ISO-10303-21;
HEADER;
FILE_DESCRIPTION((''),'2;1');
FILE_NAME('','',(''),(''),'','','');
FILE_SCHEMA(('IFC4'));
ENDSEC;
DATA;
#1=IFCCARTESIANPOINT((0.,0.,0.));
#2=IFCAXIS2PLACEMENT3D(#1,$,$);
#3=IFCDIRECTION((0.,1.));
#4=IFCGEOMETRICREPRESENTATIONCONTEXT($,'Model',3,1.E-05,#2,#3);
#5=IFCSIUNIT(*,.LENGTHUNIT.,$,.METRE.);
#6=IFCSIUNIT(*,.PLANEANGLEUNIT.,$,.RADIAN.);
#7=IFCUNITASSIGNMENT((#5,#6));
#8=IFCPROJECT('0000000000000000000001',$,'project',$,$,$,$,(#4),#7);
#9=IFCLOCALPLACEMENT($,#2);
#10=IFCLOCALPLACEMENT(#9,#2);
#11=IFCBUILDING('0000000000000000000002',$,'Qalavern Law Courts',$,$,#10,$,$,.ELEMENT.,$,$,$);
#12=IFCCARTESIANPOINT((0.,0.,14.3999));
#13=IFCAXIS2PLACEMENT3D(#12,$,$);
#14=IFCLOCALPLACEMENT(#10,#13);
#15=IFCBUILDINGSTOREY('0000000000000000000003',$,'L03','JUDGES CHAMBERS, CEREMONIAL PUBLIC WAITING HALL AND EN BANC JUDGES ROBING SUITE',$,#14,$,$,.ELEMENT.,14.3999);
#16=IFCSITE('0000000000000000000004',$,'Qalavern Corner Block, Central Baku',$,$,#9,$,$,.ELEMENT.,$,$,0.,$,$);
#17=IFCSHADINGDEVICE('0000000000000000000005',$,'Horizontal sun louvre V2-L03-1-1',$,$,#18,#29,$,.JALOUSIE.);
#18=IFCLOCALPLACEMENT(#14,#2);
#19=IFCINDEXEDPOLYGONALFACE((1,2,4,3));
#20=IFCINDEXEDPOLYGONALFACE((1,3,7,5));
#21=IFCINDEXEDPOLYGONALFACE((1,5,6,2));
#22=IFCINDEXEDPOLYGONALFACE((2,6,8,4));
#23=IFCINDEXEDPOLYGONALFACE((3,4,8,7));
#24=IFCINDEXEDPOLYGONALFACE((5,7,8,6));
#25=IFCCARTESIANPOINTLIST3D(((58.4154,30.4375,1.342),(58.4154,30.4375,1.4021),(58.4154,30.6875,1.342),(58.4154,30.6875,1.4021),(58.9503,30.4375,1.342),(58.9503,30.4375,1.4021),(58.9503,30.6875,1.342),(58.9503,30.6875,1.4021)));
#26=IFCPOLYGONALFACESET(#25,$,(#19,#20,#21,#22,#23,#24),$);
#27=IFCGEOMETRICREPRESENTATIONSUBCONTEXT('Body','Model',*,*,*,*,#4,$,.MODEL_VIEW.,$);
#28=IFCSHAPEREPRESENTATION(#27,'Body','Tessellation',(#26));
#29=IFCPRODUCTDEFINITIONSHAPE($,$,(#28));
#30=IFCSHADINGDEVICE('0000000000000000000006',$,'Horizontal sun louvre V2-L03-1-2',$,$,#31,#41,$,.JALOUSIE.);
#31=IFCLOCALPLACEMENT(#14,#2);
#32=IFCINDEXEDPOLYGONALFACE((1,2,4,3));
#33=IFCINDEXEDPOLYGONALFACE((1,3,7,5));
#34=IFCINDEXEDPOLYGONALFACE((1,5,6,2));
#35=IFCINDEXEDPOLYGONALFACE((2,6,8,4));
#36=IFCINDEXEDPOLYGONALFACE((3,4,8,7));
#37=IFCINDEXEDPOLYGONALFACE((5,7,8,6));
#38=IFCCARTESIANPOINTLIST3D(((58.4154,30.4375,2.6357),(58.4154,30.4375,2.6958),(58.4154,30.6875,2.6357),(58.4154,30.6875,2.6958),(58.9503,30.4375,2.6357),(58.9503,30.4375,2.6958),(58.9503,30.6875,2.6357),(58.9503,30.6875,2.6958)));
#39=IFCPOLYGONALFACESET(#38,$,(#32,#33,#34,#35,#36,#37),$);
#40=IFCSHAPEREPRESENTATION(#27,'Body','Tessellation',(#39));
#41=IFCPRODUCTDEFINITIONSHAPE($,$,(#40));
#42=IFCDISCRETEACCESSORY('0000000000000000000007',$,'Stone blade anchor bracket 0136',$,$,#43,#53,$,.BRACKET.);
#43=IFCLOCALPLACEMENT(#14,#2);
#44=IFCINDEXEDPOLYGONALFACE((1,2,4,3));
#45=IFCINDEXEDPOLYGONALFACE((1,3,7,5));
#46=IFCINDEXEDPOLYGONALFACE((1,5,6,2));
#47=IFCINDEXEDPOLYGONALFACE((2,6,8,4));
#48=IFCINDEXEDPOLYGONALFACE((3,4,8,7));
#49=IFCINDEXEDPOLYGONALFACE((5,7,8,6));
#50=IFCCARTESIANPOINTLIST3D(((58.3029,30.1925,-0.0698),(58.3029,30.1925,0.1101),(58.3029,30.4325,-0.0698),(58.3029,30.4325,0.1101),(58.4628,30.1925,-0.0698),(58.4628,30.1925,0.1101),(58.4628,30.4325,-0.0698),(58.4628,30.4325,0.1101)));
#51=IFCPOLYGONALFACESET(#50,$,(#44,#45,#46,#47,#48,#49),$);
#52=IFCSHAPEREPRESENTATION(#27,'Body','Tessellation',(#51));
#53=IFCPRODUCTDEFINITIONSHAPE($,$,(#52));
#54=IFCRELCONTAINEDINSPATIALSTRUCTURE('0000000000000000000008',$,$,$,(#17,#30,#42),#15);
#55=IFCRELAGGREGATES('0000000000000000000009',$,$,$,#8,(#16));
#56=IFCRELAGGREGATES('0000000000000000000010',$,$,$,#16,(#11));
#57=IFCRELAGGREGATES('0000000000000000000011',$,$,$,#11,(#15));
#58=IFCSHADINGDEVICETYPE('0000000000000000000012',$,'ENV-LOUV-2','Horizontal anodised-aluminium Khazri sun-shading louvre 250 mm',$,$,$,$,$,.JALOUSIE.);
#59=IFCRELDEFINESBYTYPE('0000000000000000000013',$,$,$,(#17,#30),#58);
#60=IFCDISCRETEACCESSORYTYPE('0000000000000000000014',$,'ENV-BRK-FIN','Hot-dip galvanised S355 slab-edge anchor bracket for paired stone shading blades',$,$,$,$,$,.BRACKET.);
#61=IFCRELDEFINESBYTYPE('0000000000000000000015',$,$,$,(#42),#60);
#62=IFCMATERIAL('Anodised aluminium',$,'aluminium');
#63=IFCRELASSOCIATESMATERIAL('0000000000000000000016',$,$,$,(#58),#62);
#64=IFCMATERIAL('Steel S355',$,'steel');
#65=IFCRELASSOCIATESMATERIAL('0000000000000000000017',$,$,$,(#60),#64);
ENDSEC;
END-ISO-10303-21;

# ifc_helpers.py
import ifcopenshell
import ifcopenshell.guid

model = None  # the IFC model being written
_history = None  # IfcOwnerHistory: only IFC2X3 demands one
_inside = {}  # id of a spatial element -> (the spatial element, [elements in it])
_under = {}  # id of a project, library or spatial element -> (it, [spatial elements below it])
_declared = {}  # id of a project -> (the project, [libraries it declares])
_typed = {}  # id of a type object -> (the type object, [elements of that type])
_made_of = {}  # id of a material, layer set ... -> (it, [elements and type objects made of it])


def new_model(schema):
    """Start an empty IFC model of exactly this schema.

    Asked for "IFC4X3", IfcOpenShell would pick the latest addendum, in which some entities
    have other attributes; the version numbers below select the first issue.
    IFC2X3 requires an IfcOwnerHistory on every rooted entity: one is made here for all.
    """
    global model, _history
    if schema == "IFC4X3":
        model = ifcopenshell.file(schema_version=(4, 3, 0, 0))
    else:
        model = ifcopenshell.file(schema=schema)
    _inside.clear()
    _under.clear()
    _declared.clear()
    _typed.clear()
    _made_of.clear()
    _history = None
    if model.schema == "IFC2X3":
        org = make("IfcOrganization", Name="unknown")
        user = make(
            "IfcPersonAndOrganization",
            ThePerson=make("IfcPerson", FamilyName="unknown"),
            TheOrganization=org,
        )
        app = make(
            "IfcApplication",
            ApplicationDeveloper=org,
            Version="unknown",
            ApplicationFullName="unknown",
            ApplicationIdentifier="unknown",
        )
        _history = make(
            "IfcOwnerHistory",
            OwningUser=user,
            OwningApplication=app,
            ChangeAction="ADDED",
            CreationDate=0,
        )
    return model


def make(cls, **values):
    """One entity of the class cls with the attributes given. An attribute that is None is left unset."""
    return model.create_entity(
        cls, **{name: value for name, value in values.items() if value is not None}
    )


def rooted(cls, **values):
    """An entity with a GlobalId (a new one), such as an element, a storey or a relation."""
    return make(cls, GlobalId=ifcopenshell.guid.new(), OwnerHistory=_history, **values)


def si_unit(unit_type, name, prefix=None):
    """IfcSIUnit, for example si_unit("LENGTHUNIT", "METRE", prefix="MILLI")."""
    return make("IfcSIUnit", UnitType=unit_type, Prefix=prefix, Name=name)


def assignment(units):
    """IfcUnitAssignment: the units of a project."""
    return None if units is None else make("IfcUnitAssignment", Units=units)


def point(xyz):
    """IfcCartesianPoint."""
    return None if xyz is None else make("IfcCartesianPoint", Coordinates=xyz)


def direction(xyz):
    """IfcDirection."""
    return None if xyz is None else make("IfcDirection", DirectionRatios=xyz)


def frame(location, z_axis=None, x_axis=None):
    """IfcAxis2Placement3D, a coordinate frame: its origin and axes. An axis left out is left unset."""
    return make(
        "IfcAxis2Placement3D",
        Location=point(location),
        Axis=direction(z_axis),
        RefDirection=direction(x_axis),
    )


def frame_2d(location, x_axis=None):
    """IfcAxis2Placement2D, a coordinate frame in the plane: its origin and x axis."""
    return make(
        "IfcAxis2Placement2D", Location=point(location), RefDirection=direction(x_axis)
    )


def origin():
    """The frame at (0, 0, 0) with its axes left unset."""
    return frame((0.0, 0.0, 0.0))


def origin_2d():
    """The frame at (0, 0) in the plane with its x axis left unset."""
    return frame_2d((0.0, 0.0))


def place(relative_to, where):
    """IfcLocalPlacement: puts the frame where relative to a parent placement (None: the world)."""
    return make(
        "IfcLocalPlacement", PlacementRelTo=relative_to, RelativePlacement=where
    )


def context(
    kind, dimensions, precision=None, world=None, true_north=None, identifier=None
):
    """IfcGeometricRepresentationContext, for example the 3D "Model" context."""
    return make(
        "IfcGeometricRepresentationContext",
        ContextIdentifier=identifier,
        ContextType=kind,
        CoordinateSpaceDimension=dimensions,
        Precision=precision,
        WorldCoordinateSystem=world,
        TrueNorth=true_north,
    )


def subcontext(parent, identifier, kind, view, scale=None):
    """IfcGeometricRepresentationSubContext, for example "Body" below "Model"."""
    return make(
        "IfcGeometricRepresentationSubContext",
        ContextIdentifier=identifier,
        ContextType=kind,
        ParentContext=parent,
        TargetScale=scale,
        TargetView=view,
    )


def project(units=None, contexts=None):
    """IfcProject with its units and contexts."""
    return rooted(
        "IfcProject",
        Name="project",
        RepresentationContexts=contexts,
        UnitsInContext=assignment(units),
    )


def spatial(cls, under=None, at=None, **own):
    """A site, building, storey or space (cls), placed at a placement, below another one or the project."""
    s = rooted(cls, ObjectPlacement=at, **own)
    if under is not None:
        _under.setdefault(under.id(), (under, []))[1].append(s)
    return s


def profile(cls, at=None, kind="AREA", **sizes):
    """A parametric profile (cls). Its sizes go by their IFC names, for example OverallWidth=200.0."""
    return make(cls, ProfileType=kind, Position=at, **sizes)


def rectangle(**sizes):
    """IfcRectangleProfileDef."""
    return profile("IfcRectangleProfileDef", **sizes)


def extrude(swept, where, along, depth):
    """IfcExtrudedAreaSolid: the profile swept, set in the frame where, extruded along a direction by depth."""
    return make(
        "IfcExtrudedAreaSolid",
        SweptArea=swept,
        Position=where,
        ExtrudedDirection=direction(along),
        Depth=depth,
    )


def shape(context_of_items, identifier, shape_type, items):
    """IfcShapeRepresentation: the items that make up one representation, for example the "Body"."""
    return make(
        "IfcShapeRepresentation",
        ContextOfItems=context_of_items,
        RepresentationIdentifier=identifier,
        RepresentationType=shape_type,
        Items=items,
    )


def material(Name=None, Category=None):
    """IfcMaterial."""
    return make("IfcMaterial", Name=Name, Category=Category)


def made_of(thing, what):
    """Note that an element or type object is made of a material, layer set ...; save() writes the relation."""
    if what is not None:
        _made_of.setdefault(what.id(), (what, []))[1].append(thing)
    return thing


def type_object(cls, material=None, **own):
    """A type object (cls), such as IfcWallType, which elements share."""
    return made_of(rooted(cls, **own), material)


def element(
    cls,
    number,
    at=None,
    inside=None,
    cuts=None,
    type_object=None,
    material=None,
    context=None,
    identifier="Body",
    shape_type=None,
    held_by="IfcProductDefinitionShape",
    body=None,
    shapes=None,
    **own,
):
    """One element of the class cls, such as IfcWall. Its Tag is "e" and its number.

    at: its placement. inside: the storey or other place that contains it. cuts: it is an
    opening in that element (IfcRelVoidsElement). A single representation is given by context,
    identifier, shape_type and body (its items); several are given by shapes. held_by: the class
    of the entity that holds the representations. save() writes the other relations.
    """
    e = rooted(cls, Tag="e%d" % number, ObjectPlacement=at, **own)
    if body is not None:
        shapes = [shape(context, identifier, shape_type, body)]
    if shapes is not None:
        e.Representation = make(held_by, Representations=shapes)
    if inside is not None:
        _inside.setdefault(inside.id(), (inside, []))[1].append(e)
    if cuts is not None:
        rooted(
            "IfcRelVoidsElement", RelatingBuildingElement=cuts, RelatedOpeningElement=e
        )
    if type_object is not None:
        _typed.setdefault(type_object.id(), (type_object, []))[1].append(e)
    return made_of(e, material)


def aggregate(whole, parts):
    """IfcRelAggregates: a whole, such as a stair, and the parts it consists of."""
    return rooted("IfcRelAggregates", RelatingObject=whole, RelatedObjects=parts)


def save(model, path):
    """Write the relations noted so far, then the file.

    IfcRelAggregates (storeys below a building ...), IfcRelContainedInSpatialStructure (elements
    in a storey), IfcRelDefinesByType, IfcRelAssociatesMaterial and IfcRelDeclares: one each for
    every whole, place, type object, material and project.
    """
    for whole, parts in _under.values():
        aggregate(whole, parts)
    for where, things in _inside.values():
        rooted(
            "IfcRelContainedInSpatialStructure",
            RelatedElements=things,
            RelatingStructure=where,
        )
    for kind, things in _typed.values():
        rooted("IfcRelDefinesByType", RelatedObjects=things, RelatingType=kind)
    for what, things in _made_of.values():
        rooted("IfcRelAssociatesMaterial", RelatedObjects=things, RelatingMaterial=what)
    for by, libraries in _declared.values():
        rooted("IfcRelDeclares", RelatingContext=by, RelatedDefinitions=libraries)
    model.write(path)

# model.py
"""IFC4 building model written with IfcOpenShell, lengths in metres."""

from ifc_helpers import new_model, si_unit, direction, frame, origin, origin_2d, place, context, subcontext, project, spatial, rectangle, extrude, material, type_object, element, save


model = new_model("IFC4")

# Units and contexts
model_context = context("Model", 3, precision=1e-05, world=origin(), true_north=direction((0.0, 1.0)))
body_context = subcontext(model_context, "Body", "Model", "MODEL_VIEW")
ifc_project = project(units=[si_unit("LENGTHUNIT", "METRE"), si_unit("PLANEANGLEUNIT", "RADIAN")], contexts=[model_context])

# Site, building, storey
site_placement = place(None, origin())
site = spatial("IfcSite", under=ifc_project, at=site_placement, Name="Qalavern Corner Block, Central Baku", CompositionType="ELEMENT", RefElevation=0.0)
building_placement = place(site_placement, origin())
building = spatial("IfcBuilding", under=site, at=building_placement, Name="Qalavern Law Courts", CompositionType="ELEMENT")
storey_placement = place(building_placement, frame((0.0, 0.0, 14.3999)))
storey = spatial("IfcBuildingStorey", under=building, at=storey_placement, Name="L03", Description="JUDGES CHAMBERS, CEREMONIAL PUBLIC WAITING HALL AND EN BANC JUDGES ROBING SUITE", CompositionType="ELEMENT", Elevation=14.3999)

# Shared definitions
ifc_material_1 = material(Name="Anodised aluminium", Category="aluminium")

# Shared definitions
ifc_material_2 = material(Name="Steel S355", Category="steel")

# Shading devices
shading_device_type_1 = type_object("IfcShadingDeviceType", Name="ENV-LOUV-2", Description="Horizontal anodised-aluminium Khazri sun-shading louvre 250 mm", PredefinedType="JALOUSIE", material=ifc_material_1)
for number, where, z_axis, x_axis, name in (
    (1, (58.6829, 30.5625, 1.342), (0.0, 0.0, 1.0), (-1.0, 0.0, 0.0), "Horizontal sun louvre V2-L03-1-1"),
    (2, (58.6829, 30.5625, 2.6357), (0.0, 0.0, 1.0), (-1.0, 0.0, 0.0), "Horizontal sun louvre V2-L03-1-2"),
):
    element("IfcShadingDevice", number, at=place(storey_placement, frame(where, z_axis=z_axis, x_axis=x_axis)), inside=storey, type_object=shading_device_type_1, Name=name, PredefinedType="JALOUSIE", context=body_context, shape_type="SweptSolid", body=[
        extrude(rectangle(XDim=0.5349, YDim=0.25, at=origin_2d()), origin(), (0.0, 0.0, 1.0), 0.0601),
    ])

# Discrete accessory
discrete_accessory_type = type_object("IfcDiscreteAccessoryType", Name="ENV-BRK-FIN", Description="Hot-dip galvanised S355 slab-edge anchor bracket for paired stone shading blades", PredefinedType="BRACKET", material=ifc_material_2)
discrete_accessory_placement = place(storey_placement, frame((58.3828, 30.3125, -0.0698), z_axis=(0.0, 0.0, 1.0), x_axis=(0.0, 1.0, 0.0)))
element("IfcDiscreteAccessory", 3, at=discrete_accessory_placement, inside=storey, type_object=discrete_accessory_type, Name="Stone blade anchor bracket 0136", PredefinedType="BRACKET", context=body_context, shape_type="SweptSolid", body=[
    extrude(rectangle(XDim=0.24, YDim=0.1599, at=origin_2d()), origin(), (0.0, 0.0, 1.0), 0.1799),
])

save(model, "model.ifc")
